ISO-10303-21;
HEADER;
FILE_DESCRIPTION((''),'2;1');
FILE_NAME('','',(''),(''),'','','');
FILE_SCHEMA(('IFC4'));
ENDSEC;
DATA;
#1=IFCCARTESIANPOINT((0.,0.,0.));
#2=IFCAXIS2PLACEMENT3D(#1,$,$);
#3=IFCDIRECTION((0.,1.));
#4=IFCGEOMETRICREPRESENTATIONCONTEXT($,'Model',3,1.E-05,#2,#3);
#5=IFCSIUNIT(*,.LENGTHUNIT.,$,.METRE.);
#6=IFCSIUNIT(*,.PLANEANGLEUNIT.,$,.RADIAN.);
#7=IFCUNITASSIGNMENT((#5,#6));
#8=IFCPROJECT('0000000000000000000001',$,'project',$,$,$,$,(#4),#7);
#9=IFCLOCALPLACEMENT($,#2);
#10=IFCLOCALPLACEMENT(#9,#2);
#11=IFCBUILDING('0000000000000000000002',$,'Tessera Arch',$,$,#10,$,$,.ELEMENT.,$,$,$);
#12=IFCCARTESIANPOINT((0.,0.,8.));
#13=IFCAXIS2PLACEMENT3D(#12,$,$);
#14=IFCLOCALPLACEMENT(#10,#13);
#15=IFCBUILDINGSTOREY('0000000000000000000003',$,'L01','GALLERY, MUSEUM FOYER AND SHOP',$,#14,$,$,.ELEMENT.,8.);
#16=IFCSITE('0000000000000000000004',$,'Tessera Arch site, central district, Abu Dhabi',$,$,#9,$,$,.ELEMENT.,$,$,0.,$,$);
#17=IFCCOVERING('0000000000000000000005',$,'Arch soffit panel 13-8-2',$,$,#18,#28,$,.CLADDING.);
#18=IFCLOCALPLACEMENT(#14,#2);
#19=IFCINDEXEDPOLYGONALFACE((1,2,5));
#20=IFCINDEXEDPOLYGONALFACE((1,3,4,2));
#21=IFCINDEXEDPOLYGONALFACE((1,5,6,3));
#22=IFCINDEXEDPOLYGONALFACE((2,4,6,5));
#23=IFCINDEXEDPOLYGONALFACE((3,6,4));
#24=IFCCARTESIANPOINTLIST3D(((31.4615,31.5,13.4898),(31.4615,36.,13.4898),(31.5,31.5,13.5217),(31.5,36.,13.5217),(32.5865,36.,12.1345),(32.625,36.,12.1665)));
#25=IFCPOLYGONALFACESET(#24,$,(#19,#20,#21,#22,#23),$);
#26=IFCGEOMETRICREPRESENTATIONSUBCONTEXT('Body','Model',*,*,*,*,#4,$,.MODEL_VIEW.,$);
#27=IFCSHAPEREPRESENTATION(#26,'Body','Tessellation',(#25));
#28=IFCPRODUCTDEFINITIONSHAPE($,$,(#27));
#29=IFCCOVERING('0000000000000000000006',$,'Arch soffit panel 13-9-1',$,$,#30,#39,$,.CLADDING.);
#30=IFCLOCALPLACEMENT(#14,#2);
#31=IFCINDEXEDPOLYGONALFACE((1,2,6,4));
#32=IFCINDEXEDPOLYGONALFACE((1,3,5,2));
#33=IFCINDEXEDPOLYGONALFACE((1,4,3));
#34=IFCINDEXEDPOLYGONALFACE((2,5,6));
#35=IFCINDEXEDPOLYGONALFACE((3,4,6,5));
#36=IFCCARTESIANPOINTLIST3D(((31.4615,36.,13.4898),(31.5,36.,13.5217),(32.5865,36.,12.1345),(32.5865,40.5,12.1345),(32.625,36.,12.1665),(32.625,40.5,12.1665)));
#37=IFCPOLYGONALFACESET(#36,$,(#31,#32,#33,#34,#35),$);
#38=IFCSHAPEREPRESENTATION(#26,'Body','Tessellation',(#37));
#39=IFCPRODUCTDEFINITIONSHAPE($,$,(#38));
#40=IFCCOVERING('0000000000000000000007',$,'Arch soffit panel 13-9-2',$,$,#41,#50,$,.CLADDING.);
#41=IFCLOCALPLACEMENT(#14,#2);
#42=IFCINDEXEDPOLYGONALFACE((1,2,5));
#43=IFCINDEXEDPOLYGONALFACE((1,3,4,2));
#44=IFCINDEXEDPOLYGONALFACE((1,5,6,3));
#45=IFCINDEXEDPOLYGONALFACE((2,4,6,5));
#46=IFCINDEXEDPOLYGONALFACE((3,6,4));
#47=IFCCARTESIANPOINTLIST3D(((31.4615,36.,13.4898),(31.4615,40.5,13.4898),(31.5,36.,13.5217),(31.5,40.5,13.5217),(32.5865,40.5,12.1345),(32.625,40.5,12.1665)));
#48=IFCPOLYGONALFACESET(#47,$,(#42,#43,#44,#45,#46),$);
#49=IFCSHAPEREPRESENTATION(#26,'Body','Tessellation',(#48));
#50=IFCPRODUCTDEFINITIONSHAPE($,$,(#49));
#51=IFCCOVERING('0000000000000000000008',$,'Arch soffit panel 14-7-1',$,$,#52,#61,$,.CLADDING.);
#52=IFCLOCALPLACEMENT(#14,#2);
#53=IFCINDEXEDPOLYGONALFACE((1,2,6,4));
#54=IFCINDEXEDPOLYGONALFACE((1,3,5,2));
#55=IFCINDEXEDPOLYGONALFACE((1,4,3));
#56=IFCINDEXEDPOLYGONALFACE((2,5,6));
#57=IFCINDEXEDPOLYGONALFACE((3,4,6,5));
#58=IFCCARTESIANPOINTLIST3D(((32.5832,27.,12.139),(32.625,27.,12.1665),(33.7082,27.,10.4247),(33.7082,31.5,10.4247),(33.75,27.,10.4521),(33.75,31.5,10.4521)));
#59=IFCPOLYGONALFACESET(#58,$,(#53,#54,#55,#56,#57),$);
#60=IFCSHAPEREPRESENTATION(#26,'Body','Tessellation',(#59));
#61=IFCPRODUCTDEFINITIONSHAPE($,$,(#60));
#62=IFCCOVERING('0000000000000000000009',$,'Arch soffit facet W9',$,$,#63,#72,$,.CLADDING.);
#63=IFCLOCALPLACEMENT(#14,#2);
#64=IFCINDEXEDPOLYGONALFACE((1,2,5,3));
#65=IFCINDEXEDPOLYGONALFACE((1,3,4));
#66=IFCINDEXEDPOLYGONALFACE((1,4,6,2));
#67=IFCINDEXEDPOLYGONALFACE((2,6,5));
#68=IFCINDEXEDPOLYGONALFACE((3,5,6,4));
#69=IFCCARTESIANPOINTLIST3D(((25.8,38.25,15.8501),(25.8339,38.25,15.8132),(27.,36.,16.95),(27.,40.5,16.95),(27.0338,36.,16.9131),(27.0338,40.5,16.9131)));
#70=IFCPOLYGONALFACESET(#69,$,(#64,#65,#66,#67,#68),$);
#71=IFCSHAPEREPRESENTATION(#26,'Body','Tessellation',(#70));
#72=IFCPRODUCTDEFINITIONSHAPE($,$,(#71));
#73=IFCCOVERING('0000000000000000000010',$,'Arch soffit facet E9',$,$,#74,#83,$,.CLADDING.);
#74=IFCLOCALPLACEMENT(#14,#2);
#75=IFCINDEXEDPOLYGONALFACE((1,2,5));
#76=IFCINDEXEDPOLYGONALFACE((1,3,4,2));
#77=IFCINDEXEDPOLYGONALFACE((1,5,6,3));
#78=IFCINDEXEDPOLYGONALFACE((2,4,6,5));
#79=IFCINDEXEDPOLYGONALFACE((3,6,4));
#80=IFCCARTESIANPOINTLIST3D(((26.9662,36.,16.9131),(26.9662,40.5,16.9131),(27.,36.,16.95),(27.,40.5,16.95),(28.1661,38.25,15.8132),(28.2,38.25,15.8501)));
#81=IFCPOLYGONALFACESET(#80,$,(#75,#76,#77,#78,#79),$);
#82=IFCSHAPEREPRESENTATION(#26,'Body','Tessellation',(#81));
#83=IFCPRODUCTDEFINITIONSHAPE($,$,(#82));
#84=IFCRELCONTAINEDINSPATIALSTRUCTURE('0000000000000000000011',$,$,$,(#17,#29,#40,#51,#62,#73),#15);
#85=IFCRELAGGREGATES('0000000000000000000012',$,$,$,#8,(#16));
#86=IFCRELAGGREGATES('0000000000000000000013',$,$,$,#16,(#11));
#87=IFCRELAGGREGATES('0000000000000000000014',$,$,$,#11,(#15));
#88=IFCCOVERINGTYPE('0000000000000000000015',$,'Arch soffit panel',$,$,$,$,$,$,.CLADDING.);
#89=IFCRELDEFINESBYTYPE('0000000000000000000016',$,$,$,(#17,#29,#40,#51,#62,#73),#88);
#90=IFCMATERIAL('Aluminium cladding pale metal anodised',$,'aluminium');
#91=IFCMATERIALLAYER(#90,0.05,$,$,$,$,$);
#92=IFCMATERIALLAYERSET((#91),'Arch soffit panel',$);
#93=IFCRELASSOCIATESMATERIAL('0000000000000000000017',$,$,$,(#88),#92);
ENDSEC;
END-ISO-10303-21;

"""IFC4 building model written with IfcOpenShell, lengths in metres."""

from ifc_helpers import new_model, si_unit, direction, frame, origin, place, context, subcontext, project, spatial, polyline, outline, extrude, material, layer, layer_set, type_object, element, save


model = new_model("IFC4")

# Units and contexts
model_context = context("Model", 3, precision=1e-05, world=origin(), true_north=direction((0.0, 1.0)))
body_context = subcontext(model_context, "Body", "Model", "MODEL_VIEW")
ifc_project = project(units=[si_unit("LENGTHUNIT", "METRE"), si_unit("PLANEANGLEUNIT", "RADIAN")], contexts=[model_context])

# Site, building, storey
site_placement = place(None, origin())
site = spatial("IfcSite", under=ifc_project, at=site_placement, Name="Tessera Arch site, central district, Abu Dhabi", CompositionType="ELEMENT", RefElevation=0.0)
building_placement = place(site_placement, origin())
building = spatial("IfcBuilding", under=site, at=building_placement, Name="Tessera Arch", CompositionType="ELEMENT")
storey_placement = place(building_placement, frame((0.0, 0.0, 8.0)))
storey = spatial("IfcBuildingStorey", under=building, at=storey_placement, Name="L01", Description="GALLERY, MUSEUM FOYER AND SHOP", CompositionType="ELEMENT", Elevation=8.0)

# Coverings
ifc_material = material(Name="Aluminium cladding pale metal anodised", Category="aluminium")
ifc_layer = layer(ifc_material, 0.05)
ifc_layer_set = layer_set([ifc_layer], Name="Arch soffit panel")
covering_type = type_object("IfcCoveringType", Name="Arch soffit panel", PredefinedType="CLADDING", material=ifc_layer_set)
covering_1_placement = place(storey_placement, frame((31.5, 31.5, 13.5217), z_axis=(0.769436, 0.0, 0.638724), x_axis=(0.232803, 0.931211, -0.280444)))
element("IfcCovering", 1, at=covering_1_placement, inside=storey, type_object=covering_type, Name="Arch soffit panel 13-8-2", PredefinedType="CLADDING", context=body_context, shape_type="SweptSolid", body=[
    extrude(outline(polyline([(0.0, 0.0), (4.8324, 0.0), (4.1904, 1.6402), (0.0, 0.0)])), origin(), (0.0, 0.0, -1.0), 0.05),
])
covering_2_placement = place(storey_placement, frame((31.5, 36.0, 13.5217), z_axis=(0.769436, 0.0, 0.638724), x_axis=(0.638724, 0.0, -0.769436)))
element("IfcCovering", 2, at=covering_2_placement, inside=storey, type_object=covering_type, Name="Arch soffit panel 13-9-1", PredefinedType="CLADDING", context=body_context, shape_type="SweptSolid", body=[
    extrude(outline(polyline([(0.0, 0.0), (1.7613, 0.0), (1.7613, 4.5), (0.0, 0.0)])), origin(), (0.0, 0.0, -1.0), 0.05),
])
covering_3_placement = place(storey_placement, frame((31.5, 36.0, 13.5217), z_axis=(0.769436, 0.0, 0.638724), x_axis=(0.232803, 0.931211, -0.280444)))
element("IfcCovering", 3, at=covering_3_placement, inside=storey, type_object=covering_type, Name="Arch soffit panel 13-9-2", PredefinedType="CLADDING", context=body_context, shape_type="SweptSolid", body=[
    extrude(outline(polyline([(0.0, 0.0), (4.8324, 0.0), (4.1904, 1.6402), (0.0, 0.0)])), origin(), (0.0, 0.0, -1.0), 0.05),
])
covering_4_placement = place(storey_placement, frame((32.625, 27.0, 12.1665), z_axis=(0.836058, 0.0, 0.548641), x_axis=(0.548641, 0.0, -0.836058)))
element("IfcCovering", 4, at=covering_4_placement, inside=storey, type_object=covering_type, Name="Arch soffit panel 14-7-1", PredefinedType="CLADDING", context=body_context, shape_type="SweptSolid", body=[
    extrude(outline(polyline([(0.0, 0.0), (2.0505, 0.0), (2.0505, 4.5), (0.0, 0.0)])), origin(), (0.0, 0.0, -1.0), 0.05),
])
covering_5_placement = place(storey_placement, frame((27.0, 36.0, 16.95), z_axis=(-0.675691, 0.0, 0.737185), x_axis=(0.0, 1.0, 0.0)))
element("IfcCovering", 5, at=covering_5_placement, inside=storey, type_object=covering_type, Name="Arch soffit facet W9", PredefinedType="CLADDING", context=body_context, shape_type="SweptSolid", body=[
    extrude(outline(polyline([(0.0, 0.0), (4.5, 0.0), (2.25, 1.6277), (0.0, 0.0)])), origin(), (0.0, 0.0, -1.0), 0.05),
])
covering_6_placement = place(storey_placement, frame((27.0, 36.0, 16.95), z_axis=(0.675691, 0.0, 0.737185), x_axis=(0.0, 1.0, 0.0)))
element("IfcCovering", 6, at=covering_6_placement, inside=storey, type_object=covering_type, Name="Arch soffit facet E9", PredefinedType="CLADDING", context=body_context, shape_type="SweptSolid", body=[
    extrude(outline(polyline([(0.0, 0.0), (4.5, 0.0), (2.25, -1.6277), (0.0, 0.0)])), origin(), (0.0, 0.0, -1.0), 0.05),
])

save(model, "model.ifc")
